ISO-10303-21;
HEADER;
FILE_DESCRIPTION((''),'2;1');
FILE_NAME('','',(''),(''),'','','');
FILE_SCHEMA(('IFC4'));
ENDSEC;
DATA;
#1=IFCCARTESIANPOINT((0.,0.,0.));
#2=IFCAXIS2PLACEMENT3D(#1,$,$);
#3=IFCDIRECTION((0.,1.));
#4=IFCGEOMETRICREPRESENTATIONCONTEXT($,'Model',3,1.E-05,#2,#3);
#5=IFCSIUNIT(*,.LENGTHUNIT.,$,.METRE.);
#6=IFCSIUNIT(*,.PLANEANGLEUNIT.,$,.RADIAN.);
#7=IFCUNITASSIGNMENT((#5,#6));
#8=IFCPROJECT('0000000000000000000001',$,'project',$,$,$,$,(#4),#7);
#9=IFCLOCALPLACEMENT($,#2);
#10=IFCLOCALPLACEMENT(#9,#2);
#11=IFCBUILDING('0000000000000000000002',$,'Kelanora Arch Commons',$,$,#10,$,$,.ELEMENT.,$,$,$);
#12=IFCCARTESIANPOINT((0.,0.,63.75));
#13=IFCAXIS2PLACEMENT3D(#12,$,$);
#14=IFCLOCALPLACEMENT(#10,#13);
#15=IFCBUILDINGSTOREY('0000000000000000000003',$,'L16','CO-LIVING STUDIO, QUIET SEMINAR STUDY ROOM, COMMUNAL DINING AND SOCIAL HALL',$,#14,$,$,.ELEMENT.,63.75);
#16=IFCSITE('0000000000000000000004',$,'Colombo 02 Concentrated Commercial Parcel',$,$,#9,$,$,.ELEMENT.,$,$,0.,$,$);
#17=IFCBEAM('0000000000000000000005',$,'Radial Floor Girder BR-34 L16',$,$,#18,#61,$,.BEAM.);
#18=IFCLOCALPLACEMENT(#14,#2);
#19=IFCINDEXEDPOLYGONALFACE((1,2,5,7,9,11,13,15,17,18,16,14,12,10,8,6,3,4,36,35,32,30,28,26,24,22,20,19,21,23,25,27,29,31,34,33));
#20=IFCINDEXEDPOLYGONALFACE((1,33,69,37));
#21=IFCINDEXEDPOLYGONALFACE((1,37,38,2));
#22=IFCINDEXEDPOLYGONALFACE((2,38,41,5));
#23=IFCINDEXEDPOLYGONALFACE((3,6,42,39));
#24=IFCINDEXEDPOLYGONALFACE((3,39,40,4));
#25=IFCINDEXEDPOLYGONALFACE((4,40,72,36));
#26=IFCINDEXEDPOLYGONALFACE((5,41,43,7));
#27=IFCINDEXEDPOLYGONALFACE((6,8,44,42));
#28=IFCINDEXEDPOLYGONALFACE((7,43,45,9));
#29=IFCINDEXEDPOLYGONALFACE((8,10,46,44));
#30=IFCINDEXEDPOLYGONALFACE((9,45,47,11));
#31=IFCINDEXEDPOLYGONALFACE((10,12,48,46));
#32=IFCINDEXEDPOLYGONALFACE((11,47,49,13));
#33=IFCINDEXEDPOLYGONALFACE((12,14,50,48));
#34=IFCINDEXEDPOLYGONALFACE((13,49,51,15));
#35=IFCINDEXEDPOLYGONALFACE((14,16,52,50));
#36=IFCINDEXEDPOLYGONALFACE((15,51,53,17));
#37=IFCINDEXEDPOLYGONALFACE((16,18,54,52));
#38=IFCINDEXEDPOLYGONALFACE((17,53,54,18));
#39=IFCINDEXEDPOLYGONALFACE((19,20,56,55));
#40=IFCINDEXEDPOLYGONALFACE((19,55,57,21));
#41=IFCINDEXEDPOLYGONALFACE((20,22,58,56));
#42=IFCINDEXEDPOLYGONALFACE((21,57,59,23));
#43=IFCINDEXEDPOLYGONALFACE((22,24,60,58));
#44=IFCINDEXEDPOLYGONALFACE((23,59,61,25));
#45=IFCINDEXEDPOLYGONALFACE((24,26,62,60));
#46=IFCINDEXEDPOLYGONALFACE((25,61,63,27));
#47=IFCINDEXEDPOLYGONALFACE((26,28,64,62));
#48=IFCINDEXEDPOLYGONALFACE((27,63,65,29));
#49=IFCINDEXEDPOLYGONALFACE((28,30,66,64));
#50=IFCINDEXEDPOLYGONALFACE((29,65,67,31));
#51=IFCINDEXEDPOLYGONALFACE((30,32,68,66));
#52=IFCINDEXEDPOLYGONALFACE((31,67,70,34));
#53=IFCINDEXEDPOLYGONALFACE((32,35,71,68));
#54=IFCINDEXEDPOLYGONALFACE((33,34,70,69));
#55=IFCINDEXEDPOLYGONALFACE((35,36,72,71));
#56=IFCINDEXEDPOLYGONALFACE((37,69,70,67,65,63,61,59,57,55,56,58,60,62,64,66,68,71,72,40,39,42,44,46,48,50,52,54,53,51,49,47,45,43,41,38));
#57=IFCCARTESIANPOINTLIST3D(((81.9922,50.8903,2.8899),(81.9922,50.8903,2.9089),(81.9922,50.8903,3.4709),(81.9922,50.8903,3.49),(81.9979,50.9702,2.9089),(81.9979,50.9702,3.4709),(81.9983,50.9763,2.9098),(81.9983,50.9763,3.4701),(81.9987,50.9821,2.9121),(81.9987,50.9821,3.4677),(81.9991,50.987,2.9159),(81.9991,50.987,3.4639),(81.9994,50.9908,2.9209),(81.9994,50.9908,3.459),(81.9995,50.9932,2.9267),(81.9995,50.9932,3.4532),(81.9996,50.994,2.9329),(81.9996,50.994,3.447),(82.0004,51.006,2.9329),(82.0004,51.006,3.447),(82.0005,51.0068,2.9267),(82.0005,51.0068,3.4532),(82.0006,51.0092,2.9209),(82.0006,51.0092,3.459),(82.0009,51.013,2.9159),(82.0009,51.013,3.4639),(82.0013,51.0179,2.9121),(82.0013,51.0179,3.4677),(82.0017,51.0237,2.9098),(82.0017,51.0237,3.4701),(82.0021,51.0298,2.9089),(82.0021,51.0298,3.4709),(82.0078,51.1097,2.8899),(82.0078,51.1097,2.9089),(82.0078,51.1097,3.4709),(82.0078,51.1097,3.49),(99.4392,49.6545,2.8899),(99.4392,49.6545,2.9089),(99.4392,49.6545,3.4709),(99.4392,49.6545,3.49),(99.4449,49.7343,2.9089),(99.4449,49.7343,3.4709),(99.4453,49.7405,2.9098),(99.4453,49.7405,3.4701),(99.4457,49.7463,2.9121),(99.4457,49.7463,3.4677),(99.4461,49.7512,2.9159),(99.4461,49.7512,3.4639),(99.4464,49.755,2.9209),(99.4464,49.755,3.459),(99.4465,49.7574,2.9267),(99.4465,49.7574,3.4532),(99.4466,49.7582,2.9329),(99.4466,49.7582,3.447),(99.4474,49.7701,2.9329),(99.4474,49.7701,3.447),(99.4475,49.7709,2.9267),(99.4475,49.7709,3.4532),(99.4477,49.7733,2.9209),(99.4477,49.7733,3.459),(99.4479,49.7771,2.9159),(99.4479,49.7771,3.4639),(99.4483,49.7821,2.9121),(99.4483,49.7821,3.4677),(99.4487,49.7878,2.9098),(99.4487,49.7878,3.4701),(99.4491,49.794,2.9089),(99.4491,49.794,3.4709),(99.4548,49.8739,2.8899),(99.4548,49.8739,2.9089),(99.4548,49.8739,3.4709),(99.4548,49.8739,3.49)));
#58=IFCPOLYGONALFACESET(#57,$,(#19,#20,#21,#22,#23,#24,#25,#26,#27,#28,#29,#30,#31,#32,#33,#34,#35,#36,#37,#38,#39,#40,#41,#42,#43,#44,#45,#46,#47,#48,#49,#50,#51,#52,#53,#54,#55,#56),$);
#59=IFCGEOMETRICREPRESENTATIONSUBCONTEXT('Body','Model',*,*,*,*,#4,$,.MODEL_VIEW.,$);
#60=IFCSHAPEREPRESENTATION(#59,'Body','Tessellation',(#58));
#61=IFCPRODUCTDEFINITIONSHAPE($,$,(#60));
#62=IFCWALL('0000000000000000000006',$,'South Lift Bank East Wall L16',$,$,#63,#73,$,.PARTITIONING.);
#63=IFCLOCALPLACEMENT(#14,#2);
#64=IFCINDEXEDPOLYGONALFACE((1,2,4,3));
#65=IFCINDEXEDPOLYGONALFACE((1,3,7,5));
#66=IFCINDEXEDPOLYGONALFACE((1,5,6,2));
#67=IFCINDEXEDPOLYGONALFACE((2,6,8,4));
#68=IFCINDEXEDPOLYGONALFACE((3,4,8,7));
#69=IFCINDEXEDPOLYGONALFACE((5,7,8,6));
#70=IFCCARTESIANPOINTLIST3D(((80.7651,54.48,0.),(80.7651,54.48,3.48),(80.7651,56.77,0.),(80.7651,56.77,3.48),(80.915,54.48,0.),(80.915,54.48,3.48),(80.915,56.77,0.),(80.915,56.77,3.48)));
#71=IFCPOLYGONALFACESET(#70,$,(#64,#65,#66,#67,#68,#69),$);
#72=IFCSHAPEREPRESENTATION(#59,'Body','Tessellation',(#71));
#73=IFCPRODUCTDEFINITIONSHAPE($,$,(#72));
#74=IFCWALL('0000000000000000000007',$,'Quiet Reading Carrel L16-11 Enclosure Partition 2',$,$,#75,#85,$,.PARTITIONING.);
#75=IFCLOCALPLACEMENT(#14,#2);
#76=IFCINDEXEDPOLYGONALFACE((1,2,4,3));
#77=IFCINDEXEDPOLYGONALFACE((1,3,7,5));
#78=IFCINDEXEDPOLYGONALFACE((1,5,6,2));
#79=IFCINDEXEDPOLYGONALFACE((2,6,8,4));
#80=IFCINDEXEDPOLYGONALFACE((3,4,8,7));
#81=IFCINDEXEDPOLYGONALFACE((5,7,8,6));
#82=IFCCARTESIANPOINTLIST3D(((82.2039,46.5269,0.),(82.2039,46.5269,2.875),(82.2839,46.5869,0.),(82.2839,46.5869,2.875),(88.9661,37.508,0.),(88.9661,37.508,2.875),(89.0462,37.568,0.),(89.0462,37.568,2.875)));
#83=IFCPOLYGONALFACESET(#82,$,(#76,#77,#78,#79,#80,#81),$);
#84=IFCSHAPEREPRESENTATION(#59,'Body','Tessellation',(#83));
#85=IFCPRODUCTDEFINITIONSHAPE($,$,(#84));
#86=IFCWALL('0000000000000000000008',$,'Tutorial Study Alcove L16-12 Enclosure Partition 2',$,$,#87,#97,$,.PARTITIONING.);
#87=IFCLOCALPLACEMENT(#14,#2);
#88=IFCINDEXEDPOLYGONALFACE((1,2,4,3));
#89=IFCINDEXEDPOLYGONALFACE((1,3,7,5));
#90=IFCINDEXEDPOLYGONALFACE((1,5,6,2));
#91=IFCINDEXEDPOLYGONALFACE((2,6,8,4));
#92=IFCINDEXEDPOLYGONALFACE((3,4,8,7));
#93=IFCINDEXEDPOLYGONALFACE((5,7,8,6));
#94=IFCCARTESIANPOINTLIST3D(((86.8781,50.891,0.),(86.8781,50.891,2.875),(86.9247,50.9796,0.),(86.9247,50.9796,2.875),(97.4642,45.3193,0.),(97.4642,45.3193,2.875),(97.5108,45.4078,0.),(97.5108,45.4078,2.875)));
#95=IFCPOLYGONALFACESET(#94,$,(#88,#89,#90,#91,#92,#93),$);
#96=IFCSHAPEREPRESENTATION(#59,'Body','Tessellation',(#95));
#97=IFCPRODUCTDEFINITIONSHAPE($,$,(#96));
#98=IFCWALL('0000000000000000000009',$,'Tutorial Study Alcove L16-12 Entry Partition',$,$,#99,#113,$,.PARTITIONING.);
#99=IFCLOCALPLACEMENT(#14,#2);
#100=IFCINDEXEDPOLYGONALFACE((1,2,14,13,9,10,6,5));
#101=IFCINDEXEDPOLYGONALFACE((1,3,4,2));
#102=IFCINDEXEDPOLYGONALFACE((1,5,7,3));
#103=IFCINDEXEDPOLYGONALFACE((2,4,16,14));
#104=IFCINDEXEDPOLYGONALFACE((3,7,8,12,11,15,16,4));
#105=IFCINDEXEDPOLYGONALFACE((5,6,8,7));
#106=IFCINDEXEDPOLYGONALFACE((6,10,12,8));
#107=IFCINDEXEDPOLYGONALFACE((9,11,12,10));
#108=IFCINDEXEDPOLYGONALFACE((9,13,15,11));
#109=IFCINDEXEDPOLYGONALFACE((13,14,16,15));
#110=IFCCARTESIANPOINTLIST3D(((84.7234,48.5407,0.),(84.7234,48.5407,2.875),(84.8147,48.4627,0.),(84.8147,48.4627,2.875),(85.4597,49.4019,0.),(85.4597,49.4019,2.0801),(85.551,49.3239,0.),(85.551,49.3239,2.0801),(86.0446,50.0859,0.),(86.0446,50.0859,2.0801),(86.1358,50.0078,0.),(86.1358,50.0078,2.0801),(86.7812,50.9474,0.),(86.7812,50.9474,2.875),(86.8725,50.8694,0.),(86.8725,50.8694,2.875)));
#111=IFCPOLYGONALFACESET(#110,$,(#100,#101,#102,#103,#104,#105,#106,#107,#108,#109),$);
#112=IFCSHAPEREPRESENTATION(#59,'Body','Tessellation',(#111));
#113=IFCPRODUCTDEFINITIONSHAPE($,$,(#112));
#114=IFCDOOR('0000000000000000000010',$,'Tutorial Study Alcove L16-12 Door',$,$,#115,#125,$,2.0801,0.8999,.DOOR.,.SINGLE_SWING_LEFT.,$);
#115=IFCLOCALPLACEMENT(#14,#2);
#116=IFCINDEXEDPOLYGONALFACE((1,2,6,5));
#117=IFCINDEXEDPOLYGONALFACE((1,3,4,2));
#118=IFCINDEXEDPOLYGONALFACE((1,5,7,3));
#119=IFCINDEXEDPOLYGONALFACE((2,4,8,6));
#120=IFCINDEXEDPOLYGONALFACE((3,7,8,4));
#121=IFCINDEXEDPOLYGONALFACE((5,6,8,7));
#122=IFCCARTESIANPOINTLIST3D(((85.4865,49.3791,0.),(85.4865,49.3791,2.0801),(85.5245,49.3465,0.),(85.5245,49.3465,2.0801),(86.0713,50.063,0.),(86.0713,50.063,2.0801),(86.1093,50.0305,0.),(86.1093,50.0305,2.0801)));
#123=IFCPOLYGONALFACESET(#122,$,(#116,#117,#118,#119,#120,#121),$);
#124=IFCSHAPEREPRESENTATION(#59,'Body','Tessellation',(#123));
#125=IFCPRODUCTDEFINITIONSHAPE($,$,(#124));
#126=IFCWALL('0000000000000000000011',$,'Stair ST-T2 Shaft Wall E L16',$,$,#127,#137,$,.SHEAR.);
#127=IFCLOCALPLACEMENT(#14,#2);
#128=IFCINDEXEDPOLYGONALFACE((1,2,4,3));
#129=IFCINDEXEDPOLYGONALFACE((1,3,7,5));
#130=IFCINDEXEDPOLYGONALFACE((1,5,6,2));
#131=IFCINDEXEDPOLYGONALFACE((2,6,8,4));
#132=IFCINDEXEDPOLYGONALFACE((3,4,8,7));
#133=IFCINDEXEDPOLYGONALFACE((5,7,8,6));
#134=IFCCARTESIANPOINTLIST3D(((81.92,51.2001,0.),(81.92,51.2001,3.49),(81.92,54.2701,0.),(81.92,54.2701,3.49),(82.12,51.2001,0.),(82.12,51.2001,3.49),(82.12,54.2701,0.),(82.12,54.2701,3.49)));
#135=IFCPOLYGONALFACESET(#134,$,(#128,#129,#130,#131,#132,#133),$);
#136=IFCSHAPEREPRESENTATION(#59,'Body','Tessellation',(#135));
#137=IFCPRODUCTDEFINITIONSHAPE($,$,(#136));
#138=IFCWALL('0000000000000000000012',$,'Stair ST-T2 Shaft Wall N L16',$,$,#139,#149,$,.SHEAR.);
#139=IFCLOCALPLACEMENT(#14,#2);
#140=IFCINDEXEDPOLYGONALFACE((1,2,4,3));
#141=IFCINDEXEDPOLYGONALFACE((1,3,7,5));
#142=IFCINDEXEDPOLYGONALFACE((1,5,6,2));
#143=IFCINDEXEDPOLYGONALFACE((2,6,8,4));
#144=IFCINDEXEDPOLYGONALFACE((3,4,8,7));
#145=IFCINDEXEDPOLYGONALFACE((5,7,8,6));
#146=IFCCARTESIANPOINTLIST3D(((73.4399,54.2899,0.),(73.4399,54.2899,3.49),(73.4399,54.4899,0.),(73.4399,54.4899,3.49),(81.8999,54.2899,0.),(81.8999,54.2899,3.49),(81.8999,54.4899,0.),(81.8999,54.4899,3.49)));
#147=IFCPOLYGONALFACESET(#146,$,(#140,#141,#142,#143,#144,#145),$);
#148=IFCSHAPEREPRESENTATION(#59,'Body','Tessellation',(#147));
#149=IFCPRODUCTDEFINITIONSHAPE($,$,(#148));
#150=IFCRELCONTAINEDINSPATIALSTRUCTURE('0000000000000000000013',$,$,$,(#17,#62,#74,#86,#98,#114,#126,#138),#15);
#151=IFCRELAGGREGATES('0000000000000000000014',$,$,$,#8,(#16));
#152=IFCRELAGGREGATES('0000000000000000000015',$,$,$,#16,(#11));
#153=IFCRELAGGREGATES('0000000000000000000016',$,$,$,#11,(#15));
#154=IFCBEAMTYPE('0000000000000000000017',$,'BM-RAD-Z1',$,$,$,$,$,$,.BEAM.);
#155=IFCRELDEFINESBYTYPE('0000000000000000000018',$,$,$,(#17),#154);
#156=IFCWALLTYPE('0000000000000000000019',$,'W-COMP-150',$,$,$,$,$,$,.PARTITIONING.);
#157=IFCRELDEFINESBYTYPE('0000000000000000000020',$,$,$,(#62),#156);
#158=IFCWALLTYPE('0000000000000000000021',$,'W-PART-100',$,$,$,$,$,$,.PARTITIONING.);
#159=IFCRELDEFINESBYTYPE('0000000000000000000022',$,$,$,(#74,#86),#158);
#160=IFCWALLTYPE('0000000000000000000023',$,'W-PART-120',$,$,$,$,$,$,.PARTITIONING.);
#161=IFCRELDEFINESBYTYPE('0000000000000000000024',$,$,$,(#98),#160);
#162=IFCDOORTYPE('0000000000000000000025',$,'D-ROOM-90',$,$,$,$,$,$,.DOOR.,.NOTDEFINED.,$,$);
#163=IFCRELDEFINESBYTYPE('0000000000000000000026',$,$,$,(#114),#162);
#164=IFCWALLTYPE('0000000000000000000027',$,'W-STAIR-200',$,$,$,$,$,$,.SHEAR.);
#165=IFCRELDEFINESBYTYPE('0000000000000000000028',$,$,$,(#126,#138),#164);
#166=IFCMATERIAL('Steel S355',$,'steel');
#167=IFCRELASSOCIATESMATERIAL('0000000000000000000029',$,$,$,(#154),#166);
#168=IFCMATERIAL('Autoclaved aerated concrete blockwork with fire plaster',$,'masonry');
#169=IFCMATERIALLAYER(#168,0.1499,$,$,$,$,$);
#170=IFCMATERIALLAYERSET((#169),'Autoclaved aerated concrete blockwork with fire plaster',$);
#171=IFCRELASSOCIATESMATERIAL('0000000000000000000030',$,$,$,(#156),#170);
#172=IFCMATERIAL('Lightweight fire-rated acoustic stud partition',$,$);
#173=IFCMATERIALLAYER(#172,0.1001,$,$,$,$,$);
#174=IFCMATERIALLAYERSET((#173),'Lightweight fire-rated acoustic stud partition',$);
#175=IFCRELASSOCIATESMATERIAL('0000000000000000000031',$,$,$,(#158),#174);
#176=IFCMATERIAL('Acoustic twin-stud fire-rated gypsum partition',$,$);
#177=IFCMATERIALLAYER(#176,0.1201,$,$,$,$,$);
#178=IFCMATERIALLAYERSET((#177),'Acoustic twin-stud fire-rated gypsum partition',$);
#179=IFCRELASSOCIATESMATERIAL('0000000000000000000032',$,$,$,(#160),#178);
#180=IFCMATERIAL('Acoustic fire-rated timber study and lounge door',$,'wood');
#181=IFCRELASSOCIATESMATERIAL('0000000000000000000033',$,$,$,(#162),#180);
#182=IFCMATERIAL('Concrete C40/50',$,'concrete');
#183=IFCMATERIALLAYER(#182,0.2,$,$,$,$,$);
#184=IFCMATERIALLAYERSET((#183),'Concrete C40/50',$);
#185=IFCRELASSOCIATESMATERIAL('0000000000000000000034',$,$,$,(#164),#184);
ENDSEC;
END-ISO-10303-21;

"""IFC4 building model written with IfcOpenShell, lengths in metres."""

from ifc_helpers import new_model, si_unit, direction, frame, frame_2d, origin, origin_2d, place, context, subcontext, project, spatial, rectangle, i_section, extrude, material, layer, layer_set, material_profile, profile_set, type_object, element, fill, save


model = new_model("IFC4")

# Units and contexts
model_context = context("Model", 3, precision=1e-05, world=origin(), true_north=direction((0.0, 1.0)))
body_context = subcontext(model_context, "Body", "Model", "MODEL_VIEW")
ifc_project = project(units=[si_unit("LENGTHUNIT", "METRE"), si_unit("PLANEANGLEUNIT", "RADIAN")], contexts=[model_context])

# Site, building, storey
site_placement = place(None, origin())
site = spatial("IfcSite", under=ifc_project, at=site_placement, Name="Colombo 02 Concentrated Commercial Parcel", CompositionType="ELEMENT", RefElevation=0.0)
building_placement = place(site_placement, origin())
building = spatial("IfcBuilding", under=site, at=building_placement, Name="Kelanora Arch Commons", CompositionType="ELEMENT")
storey_placement = place(building_placement, frame((0.0, 0.0, 63.75)))
storey = spatial("IfcBuildingStorey", under=building, at=storey_placement, Name="L16", Description="CO-LIVING STUDIO, QUIET SEMINAR STUDY ROOM, COMMUNAL DINING AND SOCIAL HALL", CompositionType="ELEMENT", Elevation=63.75)

# Beam
ifc_material_1 = material(Name="Steel S355", Category="steel")
ifc_material_profile_1 = material_profile(ifc_material_1, i_section(OverallWidth=0.22, OverallDepth=0.6001, WebThickness=0.012, FlangeThickness=0.019, FilletRadius=0.0239, at=origin_2d()), Name="IPE600")
ifc_profile_set_1 = profile_set([ifc_material_profile_1], Name="Steel S355")
beam_type_1 = type_object("IfcBeamType", Name="BM-RAD-Z1", PredefinedType="BEAM", material=ifc_profile_set_1)
beam_1_placement = place(storey_placement, frame((82.0, 51.0, 3.1899), z_axis=(0.997501, -0.070657, 0.0), x_axis=(0.070657, 0.997501, 0.0)))
element("IfcBeam", 1, at=beam_1_placement, inside=storey, type_object=beam_type_1, Name="Radial Floor Girder BR-34 L16", PredefinedType="BEAM", context=body_context, shape_type="SweptSolid", body=[
    extrude(i_section(OverallWidth=0.22, OverallDepth=0.6001, WebThickness=0.012, FlangeThickness=0.019, FilletRadius=0.0239, at=origin_2d()), origin(), (0.0, 0.0, 1.0), 17.4907),
])

# Walls
ifc_material_2 = material(Name="Autoclaved aerated concrete blockwork with fire plaster", Category="masonry")
ifc_layer_1 = layer(ifc_material_2, 0.1499)
ifc_layer_set_1 = layer_set([ifc_layer_1], Name="Autoclaved aerated concrete blockwork with fire plaster")
wall_type_1 = type_object("IfcWallType", Name="W-COMP-150", PredefinedType="PARTITIONING", material=ifc_layer_set_1)
wall_1_placement = place(storey_placement, frame((80.8401, 54.48, 0.0), z_axis=(0.0, 0.0, 1.0), x_axis=(0.0, 1.0, 0.0)))
element("IfcWall", 2, at=wall_1_placement, inside=storey, type_object=wall_type_1, Name="South Lift Bank East Wall L16", PredefinedType="PARTITIONING", context=body_context, shape_type="SweptSolid", body=[
    extrude(rectangle(XDim=2.29, YDim=0.1499, at=frame_2d((1.145, 0.0))), origin(), (0.0, 0.0, 1.0), 3.48),
])
ifc_material_3 = material(Name="Lightweight fire-rated acoustic stud partition")
ifc_layer_2 = layer(ifc_material_3, 0.1001)
ifc_layer_set_2 = layer_set([ifc_layer_2], Name="Lightweight fire-rated acoustic stud partition")
wall_type_2 = type_object("IfcWallType", Name="W-PART-100", PredefinedType="PARTITIONING", material=ifc_layer_set_2)
wall_2_placement = place(storey_placement, frame((82.2439, 46.5569, 0.0), z_axis=(0.0, 0.0, 1.0), x_axis=(0.599893, -0.800081, 0.0)))
element("IfcWall", 3, at=wall_2_placement, inside=storey, type_object=wall_type_2, Name="Quiet Reading Carrel L16-11 Enclosure Partition 2", PredefinedType="PARTITIONING", context=body_context, shape_type="SweptSolid", body=[
    extrude(rectangle(XDim=11.2725, YDim=0.1001, at=frame_2d((5.6362, 0.0))), origin(), (0.0, 0.0, 1.0), 2.875),
])
wall_3_placement = place(storey_placement, frame((86.9014, 50.9353, 0.0), z_axis=(0.0, 0.0, 1.0), x_axis=(0.884915, -0.465753, 0.0)))
element("IfcWall", 4, at=wall_3_placement, inside=storey, type_object=wall_type_2, Name="Tutorial Study Alcove L16-12 Enclosure Partition 2", PredefinedType="PARTITIONING", context=body_context, shape_type="SweptSolid", body=[
    extrude(rectangle(XDim=11.9629, YDim=0.1001, at=frame_2d((5.9814, 0.0))), origin(), (0.0, 0.0, 1.0), 2.875),
])

# Wall, opening, door
ifc_material_4 = material(Name="Acoustic twin-stud fire-rated gypsum partition")
ifc_layer_3 = layer(ifc_material_4, 0.1201)
ifc_layer_set_3 = layer_set([ifc_layer_3], Name="Acoustic twin-stud fire-rated gypsum partition")
wall_type_3 = type_object("IfcWallType", Name="W-PART-120", PredefinedType="PARTITIONING", material=ifc_layer_set_3)
wall_4_placement = place(storey_placement, frame((84.769, 48.5017, 0.0), z_axis=(0.0, 0.0, 1.0), x_axis=(0.64987, 0.760045, 0.0)))
wall_4 = element("IfcWall", 5, at=wall_4_placement, inside=storey, type_object=wall_type_3, Name="Tutorial Study Alcove L16-12 Entry Partition", PredefinedType="PARTITIONING", context=body_context, shape_type="SweptSolid", body=[
    extrude(rectangle(XDim=3.1665, YDim=0.1201, at=frame_2d((1.5833, 0.0))), origin(), (0.0, 0.0, 1.0), 2.875),
])
opening_1_placement = place(wall_4_placement, frame((1.1331, 0.0, 0.0)))
opening_1 = element("IfcOpeningElement", 6, at=opening_1_placement, cuts=wall_4, PredefinedType="OPENING", context=body_context, shape_type="SweptSolid", body=[
    extrude(rectangle(XDim=0.8999, YDim=2.0801, at=frame_2d((0.45, 1.04))), frame((0.0, 0.0701, 0.0), z_axis=(0.0, -1.0, 0.0), x_axis=(1.0, 0.0, 0.0)), (0.0, 0.0, 1.0), 0.1401),
])
ifc_material_5 = material(Name="Acoustic fire-rated timber study and lounge door", Category="wood")
door_type_1 = type_object("IfcDoorType", Name="D-ROOM-90", OperationType="NOTDEFINED", PredefinedType="DOOR", material=ifc_material_5)
door_1_placement = place(opening_1_placement, origin())
door_1 = element("IfcDoor", 7, at=door_1_placement, inside=storey, type_object=door_type_1, Name="Tutorial Study Alcove L16-12 Door", OperationType="SINGLE_SWING_LEFT", OverallHeight=2.0801, OverallWidth=0.8999, PredefinedType="DOOR", context=body_context, shape_type="SweptSolid", body=[
    extrude(rectangle(XDim=0.8999, YDim=2.0801, at=frame_2d((0.45, 1.04))), frame((0.0, 0.0249, 0.0), z_axis=(0.0, -1.0, 0.0), x_axis=(1.0, 0.0, 0.0)), (0.0, 0.0, 1.0), 0.05),
])
fill(opening_1, door_1)

# Walls
ifc_material_6 = material(Name="Concrete C40/50", Category="concrete")
ifc_layer_4 = layer(ifc_material_6, 0.2)
ifc_layer_set_4 = layer_set([ifc_layer_4], Name="Concrete C40/50")
wall_type_4 = type_object("IfcWallType", Name="W-STAIR-200", PredefinedType="SHEAR", material=ifc_layer_set_4)
wall_5_placement = place(storey_placement, frame((82.02, 51.2, 0.0), z_axis=(0.0, 0.0, 1.0), x_axis=(0.0, 1.0, 0.0)))
element("IfcWall", 8, at=wall_5_placement, inside=storey, type_object=wall_type_4, Name="Stair ST-T2 Shaft Wall E L16", PredefinedType="SHEAR", context=body_context, shape_type="SweptSolid", body=[
    extrude(rectangle(XDim=3.0701, YDim=0.2, at=frame_2d((1.5352, 0.0))), origin(), (0.0, 0.0, 1.0), 3.49),
])
wall_6_placement = place(storey_placement, frame((81.8999, 54.3899, 0.0), z_axis=(0.0, 0.0, 1.0), x_axis=(-1.0, 0.0, 0.0)))
element("IfcWall", 9, at=wall_6_placement, inside=storey, type_object=wall_type_4, Name="Stair ST-T2 Shaft Wall N L16", PredefinedType="SHEAR", context=body_context, shape_type="SweptSolid", body=[
    extrude(rectangle(XDim=8.46, YDim=0.2, at=frame_2d((4.23, 0.0))), origin(), (0.0, 0.0, 1.0), 3.49),
])

save(model, "model.ifc")
